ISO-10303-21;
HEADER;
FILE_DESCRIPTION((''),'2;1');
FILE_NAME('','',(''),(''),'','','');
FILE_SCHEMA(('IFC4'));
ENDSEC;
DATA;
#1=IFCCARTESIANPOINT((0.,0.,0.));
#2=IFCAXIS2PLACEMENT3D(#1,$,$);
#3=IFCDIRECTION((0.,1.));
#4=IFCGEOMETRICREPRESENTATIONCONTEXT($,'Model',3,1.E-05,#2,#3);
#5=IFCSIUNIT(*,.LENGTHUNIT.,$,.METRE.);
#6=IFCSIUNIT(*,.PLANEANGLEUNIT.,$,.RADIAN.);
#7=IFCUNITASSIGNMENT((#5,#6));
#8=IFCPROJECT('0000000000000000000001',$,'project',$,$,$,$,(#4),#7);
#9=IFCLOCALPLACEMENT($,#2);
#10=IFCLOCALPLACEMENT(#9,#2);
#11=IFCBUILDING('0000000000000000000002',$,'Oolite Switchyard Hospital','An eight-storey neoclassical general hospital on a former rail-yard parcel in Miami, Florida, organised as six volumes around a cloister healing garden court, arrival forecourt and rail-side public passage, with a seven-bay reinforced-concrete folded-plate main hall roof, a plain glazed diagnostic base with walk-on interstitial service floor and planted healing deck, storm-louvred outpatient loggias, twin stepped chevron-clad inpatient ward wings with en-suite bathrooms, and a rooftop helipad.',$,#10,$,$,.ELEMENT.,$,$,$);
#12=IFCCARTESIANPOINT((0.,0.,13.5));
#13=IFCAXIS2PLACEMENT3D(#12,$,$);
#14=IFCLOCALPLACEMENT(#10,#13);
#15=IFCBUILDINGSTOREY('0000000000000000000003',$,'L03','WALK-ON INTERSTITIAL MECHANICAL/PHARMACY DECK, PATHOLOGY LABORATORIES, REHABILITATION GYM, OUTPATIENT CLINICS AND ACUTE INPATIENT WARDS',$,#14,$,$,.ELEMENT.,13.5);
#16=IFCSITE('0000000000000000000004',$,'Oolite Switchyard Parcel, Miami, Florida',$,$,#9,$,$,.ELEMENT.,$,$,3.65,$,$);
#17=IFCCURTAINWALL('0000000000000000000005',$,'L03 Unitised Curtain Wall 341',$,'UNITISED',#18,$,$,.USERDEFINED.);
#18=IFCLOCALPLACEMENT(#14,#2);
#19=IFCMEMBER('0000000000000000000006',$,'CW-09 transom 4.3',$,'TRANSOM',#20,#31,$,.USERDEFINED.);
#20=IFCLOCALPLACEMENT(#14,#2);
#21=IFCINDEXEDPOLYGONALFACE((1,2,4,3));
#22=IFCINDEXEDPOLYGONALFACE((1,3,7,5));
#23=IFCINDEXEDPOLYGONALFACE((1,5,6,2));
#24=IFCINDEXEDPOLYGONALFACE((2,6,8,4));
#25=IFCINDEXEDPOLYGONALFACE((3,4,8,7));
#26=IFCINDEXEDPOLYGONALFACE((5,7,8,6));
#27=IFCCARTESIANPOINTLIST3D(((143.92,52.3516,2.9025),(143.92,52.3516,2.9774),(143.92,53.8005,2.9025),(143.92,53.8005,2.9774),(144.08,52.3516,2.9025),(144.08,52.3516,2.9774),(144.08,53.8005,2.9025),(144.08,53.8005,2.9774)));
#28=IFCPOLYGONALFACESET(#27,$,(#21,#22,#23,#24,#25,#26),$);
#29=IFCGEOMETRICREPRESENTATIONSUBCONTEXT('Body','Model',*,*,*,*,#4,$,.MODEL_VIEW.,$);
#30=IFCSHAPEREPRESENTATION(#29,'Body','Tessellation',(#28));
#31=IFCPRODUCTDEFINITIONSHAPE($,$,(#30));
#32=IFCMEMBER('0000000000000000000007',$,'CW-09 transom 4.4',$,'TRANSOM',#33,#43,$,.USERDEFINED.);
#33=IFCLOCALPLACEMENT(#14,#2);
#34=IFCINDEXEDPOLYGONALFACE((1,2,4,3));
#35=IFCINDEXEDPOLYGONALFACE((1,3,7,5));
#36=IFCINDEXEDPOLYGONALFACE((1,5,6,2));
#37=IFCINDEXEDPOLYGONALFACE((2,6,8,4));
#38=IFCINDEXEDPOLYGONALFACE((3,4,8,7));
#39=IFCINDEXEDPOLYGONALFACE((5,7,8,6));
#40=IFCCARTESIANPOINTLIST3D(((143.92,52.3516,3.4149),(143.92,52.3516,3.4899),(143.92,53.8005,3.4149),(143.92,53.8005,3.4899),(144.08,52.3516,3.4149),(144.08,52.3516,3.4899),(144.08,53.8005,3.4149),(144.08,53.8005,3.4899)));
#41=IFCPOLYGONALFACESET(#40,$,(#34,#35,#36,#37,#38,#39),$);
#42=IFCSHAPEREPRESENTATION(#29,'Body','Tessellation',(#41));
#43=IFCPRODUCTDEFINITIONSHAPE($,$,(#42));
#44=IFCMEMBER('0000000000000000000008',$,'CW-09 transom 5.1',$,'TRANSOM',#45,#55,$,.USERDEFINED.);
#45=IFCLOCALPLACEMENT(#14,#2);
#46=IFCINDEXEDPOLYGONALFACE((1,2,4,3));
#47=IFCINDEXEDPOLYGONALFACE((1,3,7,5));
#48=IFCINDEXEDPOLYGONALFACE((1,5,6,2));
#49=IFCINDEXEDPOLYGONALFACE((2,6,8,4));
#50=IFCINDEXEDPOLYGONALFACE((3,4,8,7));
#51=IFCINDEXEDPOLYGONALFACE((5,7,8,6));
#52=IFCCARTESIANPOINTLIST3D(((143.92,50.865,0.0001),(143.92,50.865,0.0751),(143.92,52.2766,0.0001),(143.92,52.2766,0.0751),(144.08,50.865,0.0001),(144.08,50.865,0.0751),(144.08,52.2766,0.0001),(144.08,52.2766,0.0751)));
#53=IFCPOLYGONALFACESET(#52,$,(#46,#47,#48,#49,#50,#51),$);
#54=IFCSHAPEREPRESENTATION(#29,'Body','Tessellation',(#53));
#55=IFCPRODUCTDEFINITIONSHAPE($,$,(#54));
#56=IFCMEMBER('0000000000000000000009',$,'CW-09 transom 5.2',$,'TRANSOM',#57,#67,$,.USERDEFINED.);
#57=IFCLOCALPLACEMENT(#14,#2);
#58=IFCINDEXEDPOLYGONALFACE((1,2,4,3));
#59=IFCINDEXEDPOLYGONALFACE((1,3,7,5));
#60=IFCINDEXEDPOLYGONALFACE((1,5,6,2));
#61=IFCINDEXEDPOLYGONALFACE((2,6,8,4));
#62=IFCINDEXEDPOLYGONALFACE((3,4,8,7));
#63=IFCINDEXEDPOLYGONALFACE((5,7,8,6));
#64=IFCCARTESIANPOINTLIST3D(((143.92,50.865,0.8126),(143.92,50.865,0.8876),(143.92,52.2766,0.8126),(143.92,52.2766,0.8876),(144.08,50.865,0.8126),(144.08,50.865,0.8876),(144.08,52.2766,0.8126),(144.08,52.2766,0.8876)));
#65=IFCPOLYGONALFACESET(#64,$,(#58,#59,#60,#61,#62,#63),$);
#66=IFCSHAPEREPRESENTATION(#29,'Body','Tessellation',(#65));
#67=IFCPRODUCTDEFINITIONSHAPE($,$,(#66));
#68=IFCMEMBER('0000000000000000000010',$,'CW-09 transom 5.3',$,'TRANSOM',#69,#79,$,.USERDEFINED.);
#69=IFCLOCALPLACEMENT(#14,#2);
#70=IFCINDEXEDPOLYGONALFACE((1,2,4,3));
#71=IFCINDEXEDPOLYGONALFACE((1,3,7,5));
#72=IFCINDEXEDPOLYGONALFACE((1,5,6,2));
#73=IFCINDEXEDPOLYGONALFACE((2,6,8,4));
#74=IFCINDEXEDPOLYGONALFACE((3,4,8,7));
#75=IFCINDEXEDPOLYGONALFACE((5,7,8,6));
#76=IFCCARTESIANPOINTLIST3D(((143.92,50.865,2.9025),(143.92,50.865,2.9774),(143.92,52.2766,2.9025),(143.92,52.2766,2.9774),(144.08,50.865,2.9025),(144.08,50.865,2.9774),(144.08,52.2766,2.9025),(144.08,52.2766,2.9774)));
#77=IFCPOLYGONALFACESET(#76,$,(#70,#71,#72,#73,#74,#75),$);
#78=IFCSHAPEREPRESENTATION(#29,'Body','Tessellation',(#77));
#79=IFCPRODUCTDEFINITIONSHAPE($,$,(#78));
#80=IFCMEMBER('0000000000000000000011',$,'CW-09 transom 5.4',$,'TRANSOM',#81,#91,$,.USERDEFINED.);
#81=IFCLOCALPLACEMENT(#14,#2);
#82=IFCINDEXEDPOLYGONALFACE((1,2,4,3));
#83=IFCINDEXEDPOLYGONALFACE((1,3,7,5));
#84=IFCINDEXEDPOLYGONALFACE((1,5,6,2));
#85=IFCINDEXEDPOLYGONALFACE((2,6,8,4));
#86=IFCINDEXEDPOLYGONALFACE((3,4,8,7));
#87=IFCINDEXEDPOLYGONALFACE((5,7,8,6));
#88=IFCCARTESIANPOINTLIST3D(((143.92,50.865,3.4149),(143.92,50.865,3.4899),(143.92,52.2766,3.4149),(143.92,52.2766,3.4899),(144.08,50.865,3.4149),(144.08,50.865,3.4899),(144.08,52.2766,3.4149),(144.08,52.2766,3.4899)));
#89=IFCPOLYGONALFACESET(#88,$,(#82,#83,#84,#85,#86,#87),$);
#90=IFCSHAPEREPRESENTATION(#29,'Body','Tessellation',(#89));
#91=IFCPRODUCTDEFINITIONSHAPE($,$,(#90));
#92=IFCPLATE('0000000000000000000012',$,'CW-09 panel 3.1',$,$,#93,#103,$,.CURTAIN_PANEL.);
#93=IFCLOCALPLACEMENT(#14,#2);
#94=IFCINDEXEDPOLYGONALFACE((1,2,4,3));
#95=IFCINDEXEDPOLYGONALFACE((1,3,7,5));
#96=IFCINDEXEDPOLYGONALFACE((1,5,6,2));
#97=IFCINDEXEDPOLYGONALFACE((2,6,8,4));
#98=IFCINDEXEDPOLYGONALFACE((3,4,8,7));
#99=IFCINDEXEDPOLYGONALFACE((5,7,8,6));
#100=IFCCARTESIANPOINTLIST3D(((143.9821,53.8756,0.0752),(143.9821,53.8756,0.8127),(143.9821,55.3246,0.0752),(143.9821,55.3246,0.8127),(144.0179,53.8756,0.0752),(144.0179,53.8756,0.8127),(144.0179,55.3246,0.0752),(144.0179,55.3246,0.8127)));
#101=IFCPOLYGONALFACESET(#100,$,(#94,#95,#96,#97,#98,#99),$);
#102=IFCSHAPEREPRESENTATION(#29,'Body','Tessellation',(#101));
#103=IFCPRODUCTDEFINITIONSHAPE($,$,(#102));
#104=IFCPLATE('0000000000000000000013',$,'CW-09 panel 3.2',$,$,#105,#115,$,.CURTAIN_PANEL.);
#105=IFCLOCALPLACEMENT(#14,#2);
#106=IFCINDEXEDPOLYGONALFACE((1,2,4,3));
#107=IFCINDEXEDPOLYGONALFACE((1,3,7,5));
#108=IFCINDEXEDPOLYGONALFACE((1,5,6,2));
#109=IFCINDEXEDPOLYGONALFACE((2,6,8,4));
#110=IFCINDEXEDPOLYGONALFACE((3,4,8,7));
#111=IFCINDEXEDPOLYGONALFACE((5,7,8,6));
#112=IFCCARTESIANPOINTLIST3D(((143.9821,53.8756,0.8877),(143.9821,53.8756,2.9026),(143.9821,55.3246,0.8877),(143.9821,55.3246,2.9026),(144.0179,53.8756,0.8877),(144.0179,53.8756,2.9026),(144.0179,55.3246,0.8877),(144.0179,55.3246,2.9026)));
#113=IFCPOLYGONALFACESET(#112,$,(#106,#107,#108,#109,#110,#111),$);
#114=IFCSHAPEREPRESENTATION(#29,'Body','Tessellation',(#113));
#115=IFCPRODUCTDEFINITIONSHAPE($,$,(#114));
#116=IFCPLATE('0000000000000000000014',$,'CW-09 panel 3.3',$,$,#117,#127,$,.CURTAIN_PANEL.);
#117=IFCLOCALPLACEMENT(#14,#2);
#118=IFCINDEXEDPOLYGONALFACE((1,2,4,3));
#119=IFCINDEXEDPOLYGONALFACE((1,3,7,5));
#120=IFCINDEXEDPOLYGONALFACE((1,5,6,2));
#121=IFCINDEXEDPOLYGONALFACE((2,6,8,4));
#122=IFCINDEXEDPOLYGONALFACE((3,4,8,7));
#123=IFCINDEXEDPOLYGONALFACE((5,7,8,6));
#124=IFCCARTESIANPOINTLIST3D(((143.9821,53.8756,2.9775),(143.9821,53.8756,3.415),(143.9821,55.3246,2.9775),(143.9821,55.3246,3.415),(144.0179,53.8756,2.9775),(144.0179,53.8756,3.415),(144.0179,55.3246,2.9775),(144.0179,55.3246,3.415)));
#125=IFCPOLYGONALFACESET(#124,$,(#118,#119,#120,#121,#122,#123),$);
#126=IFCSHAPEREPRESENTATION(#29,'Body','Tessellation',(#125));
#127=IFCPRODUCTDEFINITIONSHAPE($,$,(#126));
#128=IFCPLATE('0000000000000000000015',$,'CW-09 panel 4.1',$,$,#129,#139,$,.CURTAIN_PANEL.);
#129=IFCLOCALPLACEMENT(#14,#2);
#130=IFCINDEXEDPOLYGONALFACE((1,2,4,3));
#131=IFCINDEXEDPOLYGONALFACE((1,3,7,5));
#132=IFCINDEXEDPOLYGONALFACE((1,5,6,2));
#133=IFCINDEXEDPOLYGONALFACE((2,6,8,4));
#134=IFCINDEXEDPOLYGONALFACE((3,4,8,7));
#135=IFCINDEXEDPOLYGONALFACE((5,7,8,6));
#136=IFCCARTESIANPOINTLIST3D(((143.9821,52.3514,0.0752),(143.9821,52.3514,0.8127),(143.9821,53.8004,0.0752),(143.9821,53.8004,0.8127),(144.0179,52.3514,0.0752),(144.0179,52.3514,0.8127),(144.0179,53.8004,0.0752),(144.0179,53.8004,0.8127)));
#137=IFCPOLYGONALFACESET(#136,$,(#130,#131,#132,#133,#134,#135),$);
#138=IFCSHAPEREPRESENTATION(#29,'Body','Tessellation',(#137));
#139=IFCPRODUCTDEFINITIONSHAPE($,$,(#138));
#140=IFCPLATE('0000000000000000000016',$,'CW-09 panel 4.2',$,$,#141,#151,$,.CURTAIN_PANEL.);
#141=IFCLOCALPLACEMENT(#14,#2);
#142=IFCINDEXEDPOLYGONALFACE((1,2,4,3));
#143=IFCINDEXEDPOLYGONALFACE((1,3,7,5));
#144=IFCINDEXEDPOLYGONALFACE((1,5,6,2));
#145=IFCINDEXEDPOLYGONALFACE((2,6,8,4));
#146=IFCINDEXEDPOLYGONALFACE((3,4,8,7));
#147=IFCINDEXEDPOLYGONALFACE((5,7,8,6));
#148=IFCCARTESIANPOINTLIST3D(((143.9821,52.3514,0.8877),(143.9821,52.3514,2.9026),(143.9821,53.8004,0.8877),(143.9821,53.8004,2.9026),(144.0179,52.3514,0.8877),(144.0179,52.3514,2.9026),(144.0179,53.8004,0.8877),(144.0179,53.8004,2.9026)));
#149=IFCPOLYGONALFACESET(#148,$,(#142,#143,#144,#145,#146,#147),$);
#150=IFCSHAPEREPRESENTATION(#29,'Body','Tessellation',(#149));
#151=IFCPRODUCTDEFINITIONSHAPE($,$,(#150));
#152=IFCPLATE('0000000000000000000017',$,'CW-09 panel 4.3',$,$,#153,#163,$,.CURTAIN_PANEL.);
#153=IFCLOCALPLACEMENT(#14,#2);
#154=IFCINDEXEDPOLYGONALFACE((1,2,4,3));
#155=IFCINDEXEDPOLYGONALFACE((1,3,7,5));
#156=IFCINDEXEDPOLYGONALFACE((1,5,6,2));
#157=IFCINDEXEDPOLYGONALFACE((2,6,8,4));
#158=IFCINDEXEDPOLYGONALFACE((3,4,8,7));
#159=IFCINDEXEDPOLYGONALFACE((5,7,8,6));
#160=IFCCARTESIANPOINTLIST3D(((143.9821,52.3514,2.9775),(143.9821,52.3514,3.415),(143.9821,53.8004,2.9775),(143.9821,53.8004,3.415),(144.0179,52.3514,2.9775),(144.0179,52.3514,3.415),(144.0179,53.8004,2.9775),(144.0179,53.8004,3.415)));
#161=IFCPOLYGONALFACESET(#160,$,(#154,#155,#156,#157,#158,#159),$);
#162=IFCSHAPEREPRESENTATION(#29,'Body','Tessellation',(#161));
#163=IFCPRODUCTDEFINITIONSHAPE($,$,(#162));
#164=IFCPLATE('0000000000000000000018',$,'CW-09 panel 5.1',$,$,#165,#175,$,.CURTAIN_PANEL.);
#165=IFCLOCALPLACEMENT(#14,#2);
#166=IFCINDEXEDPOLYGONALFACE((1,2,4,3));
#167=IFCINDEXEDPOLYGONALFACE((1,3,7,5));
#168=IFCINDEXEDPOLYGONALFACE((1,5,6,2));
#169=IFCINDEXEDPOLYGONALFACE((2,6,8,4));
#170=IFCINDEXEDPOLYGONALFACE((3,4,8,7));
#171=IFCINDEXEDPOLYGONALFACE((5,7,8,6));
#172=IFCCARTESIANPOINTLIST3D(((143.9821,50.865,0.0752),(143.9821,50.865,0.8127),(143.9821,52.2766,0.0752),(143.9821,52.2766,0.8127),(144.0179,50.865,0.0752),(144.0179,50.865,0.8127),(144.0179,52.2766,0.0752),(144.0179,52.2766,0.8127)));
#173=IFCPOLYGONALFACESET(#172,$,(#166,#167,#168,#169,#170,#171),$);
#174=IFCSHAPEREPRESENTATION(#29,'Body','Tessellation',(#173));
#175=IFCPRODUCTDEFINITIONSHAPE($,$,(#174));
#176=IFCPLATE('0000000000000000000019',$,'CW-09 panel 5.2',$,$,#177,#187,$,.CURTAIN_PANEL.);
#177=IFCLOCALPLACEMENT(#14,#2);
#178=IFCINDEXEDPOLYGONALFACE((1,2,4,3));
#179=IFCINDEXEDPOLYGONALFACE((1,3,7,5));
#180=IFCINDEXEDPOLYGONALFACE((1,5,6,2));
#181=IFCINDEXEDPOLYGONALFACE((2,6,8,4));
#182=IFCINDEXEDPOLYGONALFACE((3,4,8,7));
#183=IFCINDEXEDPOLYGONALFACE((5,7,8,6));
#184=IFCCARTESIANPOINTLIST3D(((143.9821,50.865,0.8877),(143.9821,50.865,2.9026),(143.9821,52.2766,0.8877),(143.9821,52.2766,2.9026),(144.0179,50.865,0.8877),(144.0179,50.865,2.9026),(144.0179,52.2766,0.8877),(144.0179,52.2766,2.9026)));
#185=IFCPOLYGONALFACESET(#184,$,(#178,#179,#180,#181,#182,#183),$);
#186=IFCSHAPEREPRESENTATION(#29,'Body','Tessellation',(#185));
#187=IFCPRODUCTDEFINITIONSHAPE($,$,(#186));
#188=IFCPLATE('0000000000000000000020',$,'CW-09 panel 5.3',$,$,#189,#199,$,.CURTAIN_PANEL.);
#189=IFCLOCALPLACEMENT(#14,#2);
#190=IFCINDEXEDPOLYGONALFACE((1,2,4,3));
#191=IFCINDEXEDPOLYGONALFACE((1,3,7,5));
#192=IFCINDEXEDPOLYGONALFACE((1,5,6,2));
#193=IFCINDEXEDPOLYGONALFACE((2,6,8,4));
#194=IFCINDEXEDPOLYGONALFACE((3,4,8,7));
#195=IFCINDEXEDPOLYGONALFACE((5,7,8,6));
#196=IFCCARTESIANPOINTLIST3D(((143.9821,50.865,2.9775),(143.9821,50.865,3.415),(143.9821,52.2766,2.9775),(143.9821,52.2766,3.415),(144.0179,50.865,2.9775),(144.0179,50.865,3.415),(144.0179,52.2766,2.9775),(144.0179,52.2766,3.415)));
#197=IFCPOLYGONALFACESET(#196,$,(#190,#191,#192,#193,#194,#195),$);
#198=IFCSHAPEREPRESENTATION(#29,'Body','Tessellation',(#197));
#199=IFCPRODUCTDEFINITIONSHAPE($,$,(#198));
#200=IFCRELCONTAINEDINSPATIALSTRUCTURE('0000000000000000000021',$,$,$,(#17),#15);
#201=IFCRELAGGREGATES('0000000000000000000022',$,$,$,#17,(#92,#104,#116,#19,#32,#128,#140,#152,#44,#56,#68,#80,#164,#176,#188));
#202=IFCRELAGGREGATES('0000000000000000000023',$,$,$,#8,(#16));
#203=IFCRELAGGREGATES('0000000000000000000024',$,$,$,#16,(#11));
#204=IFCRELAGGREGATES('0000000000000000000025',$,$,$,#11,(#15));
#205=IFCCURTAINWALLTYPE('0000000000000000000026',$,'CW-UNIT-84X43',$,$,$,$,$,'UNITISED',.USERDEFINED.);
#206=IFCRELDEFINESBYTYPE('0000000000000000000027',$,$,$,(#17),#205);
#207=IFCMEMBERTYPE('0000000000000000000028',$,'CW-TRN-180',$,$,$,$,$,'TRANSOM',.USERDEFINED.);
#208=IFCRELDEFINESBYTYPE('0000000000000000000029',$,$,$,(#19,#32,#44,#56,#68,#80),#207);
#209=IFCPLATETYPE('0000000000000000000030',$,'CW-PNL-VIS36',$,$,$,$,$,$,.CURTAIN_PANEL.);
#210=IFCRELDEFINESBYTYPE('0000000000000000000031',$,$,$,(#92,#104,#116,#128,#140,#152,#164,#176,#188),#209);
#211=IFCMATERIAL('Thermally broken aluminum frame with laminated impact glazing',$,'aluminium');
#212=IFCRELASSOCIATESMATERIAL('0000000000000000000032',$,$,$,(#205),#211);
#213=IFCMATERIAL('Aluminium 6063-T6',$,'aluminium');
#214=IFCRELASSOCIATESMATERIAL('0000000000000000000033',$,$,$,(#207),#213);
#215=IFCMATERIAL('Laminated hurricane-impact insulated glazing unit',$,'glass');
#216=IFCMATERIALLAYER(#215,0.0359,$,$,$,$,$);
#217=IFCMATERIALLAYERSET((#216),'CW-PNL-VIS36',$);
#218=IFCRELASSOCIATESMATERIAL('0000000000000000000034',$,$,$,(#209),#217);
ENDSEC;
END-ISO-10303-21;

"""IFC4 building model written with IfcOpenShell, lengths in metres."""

from ifc_helpers import new_model, si_unit, direction, frame, origin, origin_2d, place, context, subcontext, project, spatial, rectangle, extrude, material, layer, layer_set, material_profile, profile_set, type_object, element, aggregate, save


model = new_model("IFC4")

# Units and contexts
model_context = context("Model", 3, precision=1e-05, world=origin(), true_north=direction((0.0, 1.0)))
body_context = subcontext(model_context, "Body", "Model", "MODEL_VIEW")
ifc_project = project(units=[si_unit("LENGTHUNIT", "METRE"), si_unit("PLANEANGLEUNIT", "RADIAN")], contexts=[model_context])

# Site, building, storey
site_placement = place(None, origin())
site = spatial("IfcSite", under=ifc_project, at=site_placement, Name="Oolite Switchyard Parcel, Miami, Florida", CompositionType="ELEMENT", RefElevation=3.65)
building_placement = place(site_placement, origin())
building = spatial("IfcBuilding", under=site, at=building_placement, Name="Oolite Switchyard Hospital", Description="An eight-storey neoclassical general hospital on a former rail-yard parcel in Miami, Florida, organised as six volumes around a cloister healing garden court, arrival forecourt and rail-side public passage, with a seven-bay reinforced-concrete folded-plate main hall roof, a plain glazed diagnostic base with walk-on interstitial service floor and planted healing deck, storm-louvred outpatient loggias, twin stepped chevron-clad inpatient ward wings with en-suite bathrooms, and a rooftop helipad.", CompositionType="ELEMENT")
storey_placement = place(building_placement, frame((0.0, 0.0, 13.5)))
storey = spatial("IfcBuildingStorey", under=building, at=storey_placement, Name="L03", Description="WALK-ON INTERSTITIAL MECHANICAL/PHARMACY DECK, PATHOLOGY LABORATORIES, REHABILITATION GYM, OUTPATIENT CLINICS AND ACUTE INPATIENT WARDS", CompositionType="ELEMENT", Elevation=13.5)

# Shared definitions
ifc_material_1 = material(Name="Thermally broken aluminum frame with laminated impact glazing", Category="aluminium")
curtain_wall_type = type_object("IfcCurtainWallType", Name="CW-UNIT-84X43", ElementType="UNITISED", PredefinedType="USERDEFINED", material=ifc_material_1)
ifc_material_2 = material(Name="Aluminium 6063-T6", Category="aluminium")

# Curtain wall, members, plates
curtain_wall_1_placement = place(storey_placement, origin())
curtain_wall_1 = element("IfcCurtainWall", 1, at=curtain_wall_1_placement, inside=storey, type_object=curtain_wall_type, Name="L03 Unitised Curtain Wall 341", ObjectType="UNITISED", PredefinedType="USERDEFINED")
ifc_material_profile_1 = material_profile(ifc_material_2, rectangle(XDim=0.1599, YDim=0.075, at=origin_2d()), Name="CWT75X160")
ifc_profile_set_1 = profile_set([ifc_material_profile_1], Name="Aluminium 6063-T6")
member_type_1 = type_object("IfcMemberType", Name="CW-TRN-180", ElementType="TRANSOM", PredefinedType="USERDEFINED", material=ifc_profile_set_1)
member_1_placement = place(storey_placement, frame((144.0, 53.8005, 2.9399), z_axis=(0.0, -1.0, 0.0), x_axis=(1.0, 0.0, 0.0)))
member_1 = element("IfcMember", 2, at=member_1_placement, type_object=member_type_1, Name="CW-09 transom 4.3", ObjectType="TRANSOM", PredefinedType="USERDEFINED", context=body_context, shape_type="SweptSolid", body=[
    extrude(rectangle(XDim=0.1599, YDim=0.075, at=origin_2d()), origin(), (0.0, 0.0, 1.0), 1.449),
])
member_2_placement = place(storey_placement, frame((144.0, 53.8005, 3.4524), z_axis=(0.0, -1.0, 0.0), x_axis=(1.0, 0.0, 0.0)))
member_2 = element("IfcMember", 3, at=member_2_placement, type_object=member_type_1, Name="CW-09 transom 4.4", ObjectType="TRANSOM", PredefinedType="USERDEFINED", context=body_context, shape_type="SweptSolid", body=[
    extrude(rectangle(XDim=0.1599, YDim=0.075, at=origin_2d()), origin(), (0.0, 0.0, 1.0), 1.449),
])
member_3_placement = place(storey_placement, frame((144.0, 52.2766, 0.0376), z_axis=(0.0, -1.0, 0.0), x_axis=(1.0, 0.0, 0.0)))
member_3 = element("IfcMember", 4, at=member_3_placement, type_object=member_type_1, Name="CW-09 transom 5.1", ObjectType="TRANSOM", PredefinedType="USERDEFINED", context=body_context, shape_type="SweptSolid", body=[
    extrude(rectangle(XDim=0.1599, YDim=0.075, at=origin_2d()), origin(), (0.0, 0.0, 1.0), 1.4116),
])
member_4_placement = place(storey_placement, frame((144.0, 52.2766, 0.8501), z_axis=(0.0, -1.0, 0.0), x_axis=(1.0, 0.0, 0.0)))
member_4 = element("IfcMember", 5, at=member_4_placement, type_object=member_type_1, Name="CW-09 transom 5.2", ObjectType="TRANSOM", PredefinedType="USERDEFINED", context=body_context, shape_type="SweptSolid", body=[
    extrude(rectangle(XDim=0.1599, YDim=0.075, at=origin_2d()), origin(), (0.0, 0.0, 1.0), 1.4116),
])
member_5_placement = place(storey_placement, frame((144.0, 52.2766, 2.9399), z_axis=(0.0, -1.0, 0.0), x_axis=(1.0, 0.0, 0.0)))
member_5 = element("IfcMember", 6, at=member_5_placement, type_object=member_type_1, Name="CW-09 transom 5.3", ObjectType="TRANSOM", PredefinedType="USERDEFINED", context=body_context, shape_type="SweptSolid", body=[
    extrude(rectangle(XDim=0.1599, YDim=0.075, at=origin_2d()), origin(), (0.0, 0.0, 1.0), 1.4116),
])
member_6_placement = place(storey_placement, frame((144.0, 52.2766, 3.4524), z_axis=(0.0, -1.0, 0.0), x_axis=(1.0, 0.0, 0.0)))
member_6 = element("IfcMember", 7, at=member_6_placement, type_object=member_type_1, Name="CW-09 transom 5.4", ObjectType="TRANSOM", PredefinedType="USERDEFINED", context=body_context, shape_type="SweptSolid", body=[
    extrude(rectangle(XDim=0.1599, YDim=0.075, at=origin_2d()), origin(), (0.0, 0.0, 1.0), 1.4116),
])
ifc_material_3 = material(Name="Laminated hurricane-impact insulated glazing unit", Category="glass")
ifc_layer_1 = layer(ifc_material_3, 0.0359)
ifc_layer_set_1 = layer_set([ifc_layer_1], Name="CW-PNL-VIS36")
plate_type = type_object("IfcPlateType", Name="CW-PNL-VIS36", PredefinedType="CURTAIN_PANEL", material=ifc_layer_set_1)
plate_1_placement = place(storey_placement, frame((144.0, 54.6001, 0.0752), z_axis=(0.0, 0.0, 1.0), x_axis=(0.0, -1.0, 0.0)))
plate_1 = element("IfcPlate", 8, at=plate_1_placement, type_object=plate_type, Name="CW-09 panel 3.1", PredefinedType="CURTAIN_PANEL", context=body_context, shape_type="SweptSolid", body=[
    extrude(rectangle(XDim=1.449, YDim=0.0359, at=origin_2d()), origin(), (0.0, 0.0, 1.0), 0.7375),
])
plate_2_placement = place(storey_placement, frame((144.0, 54.6001, 0.8877), z_axis=(0.0, 0.0, 1.0), x_axis=(0.0, -1.0, 0.0)))
plate_2 = element("IfcPlate", 9, at=plate_2_placement, type_object=plate_type, Name="CW-09 panel 3.2", PredefinedType="CURTAIN_PANEL", context=body_context, shape_type="SweptSolid", body=[
    extrude(rectangle(XDim=1.449, YDim=0.0359, at=origin_2d()), origin(), (0.0, 0.0, 1.0), 2.0149),
])
plate_3_placement = place(storey_placement, frame((144.0, 54.6001, 2.9775), z_axis=(0.0, 0.0, 1.0), x_axis=(0.0, -1.0, 0.0)))
plate_3 = element("IfcPlate", 10, at=plate_3_placement, type_object=plate_type, Name="CW-09 panel 3.3", PredefinedType="CURTAIN_PANEL", context=body_context, shape_type="SweptSolid", body=[
    extrude(rectangle(XDim=1.449, YDim=0.0359, at=origin_2d()), origin(), (0.0, 0.0, 1.0), 0.4375),
])
plate_4_placement = place(storey_placement, frame((144.0, 53.0759, 0.0752), z_axis=(0.0, 0.0, 1.0), x_axis=(0.0, -1.0, 0.0)))
plate_4 = element("IfcPlate", 11, at=plate_4_placement, type_object=plate_type, Name="CW-09 panel 4.1", PredefinedType="CURTAIN_PANEL", context=body_context, shape_type="SweptSolid", body=[
    extrude(rectangle(XDim=1.449, YDim=0.0359, at=origin_2d()), origin(), (0.0, 0.0, 1.0), 0.7375),
])
plate_5_placement = place(storey_placement, frame((144.0, 53.0759, 0.8877), z_axis=(0.0, 0.0, 1.0), x_axis=(0.0, -1.0, 0.0)))
plate_5 = element("IfcPlate", 12, at=plate_5_placement, type_object=plate_type, Name="CW-09 panel 4.2", PredefinedType="CURTAIN_PANEL", context=body_context, shape_type="SweptSolid", body=[
    extrude(rectangle(XDim=1.449, YDim=0.0359, at=origin_2d()), origin(), (0.0, 0.0, 1.0), 2.0149),
])
plate_6_placement = place(storey_placement, frame((144.0, 53.0759, 2.9775), z_axis=(0.0, 0.0, 1.0), x_axis=(0.0, -1.0, 0.0)))
plate_6 = element("IfcPlate", 13, at=plate_6_placement, type_object=plate_type, Name="CW-09 panel 4.3", PredefinedType="CURTAIN_PANEL", context=body_context, shape_type="SweptSolid", body=[
    extrude(rectangle(XDim=1.449, YDim=0.0359, at=origin_2d()), origin(), (0.0, 0.0, 1.0), 0.4375),
])
plate_7_placement = place(storey_placement, frame((144.0, 51.5708, 0.0752), z_axis=(0.0, 0.0, 1.0), x_axis=(0.0, -1.0, 0.0)))
plate_7 = element("IfcPlate", 14, at=plate_7_placement, type_object=plate_type, Name="CW-09 panel 5.1", PredefinedType="CURTAIN_PANEL", context=body_context, shape_type="SweptSolid", body=[
    extrude(rectangle(XDim=1.4116, YDim=0.0359, at=origin_2d()), origin(), (0.0, 0.0, 1.0), 0.7375),
])
plate_8_placement = place(storey_placement, frame((144.0, 51.5708, 0.8877), z_axis=(0.0, 0.0, 1.0), x_axis=(0.0, -1.0, 0.0)))
plate_8 = element("IfcPlate", 15, at=plate_8_placement, type_object=plate_type, Name="CW-09 panel 5.2", PredefinedType="CURTAIN_PANEL", context=body_context, shape_type="SweptSolid", body=[
    extrude(rectangle(XDim=1.4116, YDim=0.0359, at=origin_2d()), origin(), (0.0, 0.0, 1.0), 2.0149),
])
plate_9_placement = place(storey_placement, frame((144.0, 51.5708, 2.9775), z_axis=(0.0, 0.0, 1.0), x_axis=(0.0, -1.0, 0.0)))
plate_9 = element("IfcPlate", 16, at=plate_9_placement, type_object=plate_type, Name="CW-09 panel 5.3", PredefinedType="CURTAIN_PANEL", context=body_context, shape_type="SweptSolid", body=[
    extrude(rectangle(XDim=1.4116, YDim=0.0359, at=origin_2d()), origin(), (0.0, 0.0, 1.0), 0.4375),
])
aggregate(curtain_wall_1, [plate_1, plate_2, plate_3, member_1, member_2, plate_4, plate_5, plate_6, member_3, member_4, member_5, member_6, plate_7, plate_8, plate_9])

save(model, "model.ifc")
